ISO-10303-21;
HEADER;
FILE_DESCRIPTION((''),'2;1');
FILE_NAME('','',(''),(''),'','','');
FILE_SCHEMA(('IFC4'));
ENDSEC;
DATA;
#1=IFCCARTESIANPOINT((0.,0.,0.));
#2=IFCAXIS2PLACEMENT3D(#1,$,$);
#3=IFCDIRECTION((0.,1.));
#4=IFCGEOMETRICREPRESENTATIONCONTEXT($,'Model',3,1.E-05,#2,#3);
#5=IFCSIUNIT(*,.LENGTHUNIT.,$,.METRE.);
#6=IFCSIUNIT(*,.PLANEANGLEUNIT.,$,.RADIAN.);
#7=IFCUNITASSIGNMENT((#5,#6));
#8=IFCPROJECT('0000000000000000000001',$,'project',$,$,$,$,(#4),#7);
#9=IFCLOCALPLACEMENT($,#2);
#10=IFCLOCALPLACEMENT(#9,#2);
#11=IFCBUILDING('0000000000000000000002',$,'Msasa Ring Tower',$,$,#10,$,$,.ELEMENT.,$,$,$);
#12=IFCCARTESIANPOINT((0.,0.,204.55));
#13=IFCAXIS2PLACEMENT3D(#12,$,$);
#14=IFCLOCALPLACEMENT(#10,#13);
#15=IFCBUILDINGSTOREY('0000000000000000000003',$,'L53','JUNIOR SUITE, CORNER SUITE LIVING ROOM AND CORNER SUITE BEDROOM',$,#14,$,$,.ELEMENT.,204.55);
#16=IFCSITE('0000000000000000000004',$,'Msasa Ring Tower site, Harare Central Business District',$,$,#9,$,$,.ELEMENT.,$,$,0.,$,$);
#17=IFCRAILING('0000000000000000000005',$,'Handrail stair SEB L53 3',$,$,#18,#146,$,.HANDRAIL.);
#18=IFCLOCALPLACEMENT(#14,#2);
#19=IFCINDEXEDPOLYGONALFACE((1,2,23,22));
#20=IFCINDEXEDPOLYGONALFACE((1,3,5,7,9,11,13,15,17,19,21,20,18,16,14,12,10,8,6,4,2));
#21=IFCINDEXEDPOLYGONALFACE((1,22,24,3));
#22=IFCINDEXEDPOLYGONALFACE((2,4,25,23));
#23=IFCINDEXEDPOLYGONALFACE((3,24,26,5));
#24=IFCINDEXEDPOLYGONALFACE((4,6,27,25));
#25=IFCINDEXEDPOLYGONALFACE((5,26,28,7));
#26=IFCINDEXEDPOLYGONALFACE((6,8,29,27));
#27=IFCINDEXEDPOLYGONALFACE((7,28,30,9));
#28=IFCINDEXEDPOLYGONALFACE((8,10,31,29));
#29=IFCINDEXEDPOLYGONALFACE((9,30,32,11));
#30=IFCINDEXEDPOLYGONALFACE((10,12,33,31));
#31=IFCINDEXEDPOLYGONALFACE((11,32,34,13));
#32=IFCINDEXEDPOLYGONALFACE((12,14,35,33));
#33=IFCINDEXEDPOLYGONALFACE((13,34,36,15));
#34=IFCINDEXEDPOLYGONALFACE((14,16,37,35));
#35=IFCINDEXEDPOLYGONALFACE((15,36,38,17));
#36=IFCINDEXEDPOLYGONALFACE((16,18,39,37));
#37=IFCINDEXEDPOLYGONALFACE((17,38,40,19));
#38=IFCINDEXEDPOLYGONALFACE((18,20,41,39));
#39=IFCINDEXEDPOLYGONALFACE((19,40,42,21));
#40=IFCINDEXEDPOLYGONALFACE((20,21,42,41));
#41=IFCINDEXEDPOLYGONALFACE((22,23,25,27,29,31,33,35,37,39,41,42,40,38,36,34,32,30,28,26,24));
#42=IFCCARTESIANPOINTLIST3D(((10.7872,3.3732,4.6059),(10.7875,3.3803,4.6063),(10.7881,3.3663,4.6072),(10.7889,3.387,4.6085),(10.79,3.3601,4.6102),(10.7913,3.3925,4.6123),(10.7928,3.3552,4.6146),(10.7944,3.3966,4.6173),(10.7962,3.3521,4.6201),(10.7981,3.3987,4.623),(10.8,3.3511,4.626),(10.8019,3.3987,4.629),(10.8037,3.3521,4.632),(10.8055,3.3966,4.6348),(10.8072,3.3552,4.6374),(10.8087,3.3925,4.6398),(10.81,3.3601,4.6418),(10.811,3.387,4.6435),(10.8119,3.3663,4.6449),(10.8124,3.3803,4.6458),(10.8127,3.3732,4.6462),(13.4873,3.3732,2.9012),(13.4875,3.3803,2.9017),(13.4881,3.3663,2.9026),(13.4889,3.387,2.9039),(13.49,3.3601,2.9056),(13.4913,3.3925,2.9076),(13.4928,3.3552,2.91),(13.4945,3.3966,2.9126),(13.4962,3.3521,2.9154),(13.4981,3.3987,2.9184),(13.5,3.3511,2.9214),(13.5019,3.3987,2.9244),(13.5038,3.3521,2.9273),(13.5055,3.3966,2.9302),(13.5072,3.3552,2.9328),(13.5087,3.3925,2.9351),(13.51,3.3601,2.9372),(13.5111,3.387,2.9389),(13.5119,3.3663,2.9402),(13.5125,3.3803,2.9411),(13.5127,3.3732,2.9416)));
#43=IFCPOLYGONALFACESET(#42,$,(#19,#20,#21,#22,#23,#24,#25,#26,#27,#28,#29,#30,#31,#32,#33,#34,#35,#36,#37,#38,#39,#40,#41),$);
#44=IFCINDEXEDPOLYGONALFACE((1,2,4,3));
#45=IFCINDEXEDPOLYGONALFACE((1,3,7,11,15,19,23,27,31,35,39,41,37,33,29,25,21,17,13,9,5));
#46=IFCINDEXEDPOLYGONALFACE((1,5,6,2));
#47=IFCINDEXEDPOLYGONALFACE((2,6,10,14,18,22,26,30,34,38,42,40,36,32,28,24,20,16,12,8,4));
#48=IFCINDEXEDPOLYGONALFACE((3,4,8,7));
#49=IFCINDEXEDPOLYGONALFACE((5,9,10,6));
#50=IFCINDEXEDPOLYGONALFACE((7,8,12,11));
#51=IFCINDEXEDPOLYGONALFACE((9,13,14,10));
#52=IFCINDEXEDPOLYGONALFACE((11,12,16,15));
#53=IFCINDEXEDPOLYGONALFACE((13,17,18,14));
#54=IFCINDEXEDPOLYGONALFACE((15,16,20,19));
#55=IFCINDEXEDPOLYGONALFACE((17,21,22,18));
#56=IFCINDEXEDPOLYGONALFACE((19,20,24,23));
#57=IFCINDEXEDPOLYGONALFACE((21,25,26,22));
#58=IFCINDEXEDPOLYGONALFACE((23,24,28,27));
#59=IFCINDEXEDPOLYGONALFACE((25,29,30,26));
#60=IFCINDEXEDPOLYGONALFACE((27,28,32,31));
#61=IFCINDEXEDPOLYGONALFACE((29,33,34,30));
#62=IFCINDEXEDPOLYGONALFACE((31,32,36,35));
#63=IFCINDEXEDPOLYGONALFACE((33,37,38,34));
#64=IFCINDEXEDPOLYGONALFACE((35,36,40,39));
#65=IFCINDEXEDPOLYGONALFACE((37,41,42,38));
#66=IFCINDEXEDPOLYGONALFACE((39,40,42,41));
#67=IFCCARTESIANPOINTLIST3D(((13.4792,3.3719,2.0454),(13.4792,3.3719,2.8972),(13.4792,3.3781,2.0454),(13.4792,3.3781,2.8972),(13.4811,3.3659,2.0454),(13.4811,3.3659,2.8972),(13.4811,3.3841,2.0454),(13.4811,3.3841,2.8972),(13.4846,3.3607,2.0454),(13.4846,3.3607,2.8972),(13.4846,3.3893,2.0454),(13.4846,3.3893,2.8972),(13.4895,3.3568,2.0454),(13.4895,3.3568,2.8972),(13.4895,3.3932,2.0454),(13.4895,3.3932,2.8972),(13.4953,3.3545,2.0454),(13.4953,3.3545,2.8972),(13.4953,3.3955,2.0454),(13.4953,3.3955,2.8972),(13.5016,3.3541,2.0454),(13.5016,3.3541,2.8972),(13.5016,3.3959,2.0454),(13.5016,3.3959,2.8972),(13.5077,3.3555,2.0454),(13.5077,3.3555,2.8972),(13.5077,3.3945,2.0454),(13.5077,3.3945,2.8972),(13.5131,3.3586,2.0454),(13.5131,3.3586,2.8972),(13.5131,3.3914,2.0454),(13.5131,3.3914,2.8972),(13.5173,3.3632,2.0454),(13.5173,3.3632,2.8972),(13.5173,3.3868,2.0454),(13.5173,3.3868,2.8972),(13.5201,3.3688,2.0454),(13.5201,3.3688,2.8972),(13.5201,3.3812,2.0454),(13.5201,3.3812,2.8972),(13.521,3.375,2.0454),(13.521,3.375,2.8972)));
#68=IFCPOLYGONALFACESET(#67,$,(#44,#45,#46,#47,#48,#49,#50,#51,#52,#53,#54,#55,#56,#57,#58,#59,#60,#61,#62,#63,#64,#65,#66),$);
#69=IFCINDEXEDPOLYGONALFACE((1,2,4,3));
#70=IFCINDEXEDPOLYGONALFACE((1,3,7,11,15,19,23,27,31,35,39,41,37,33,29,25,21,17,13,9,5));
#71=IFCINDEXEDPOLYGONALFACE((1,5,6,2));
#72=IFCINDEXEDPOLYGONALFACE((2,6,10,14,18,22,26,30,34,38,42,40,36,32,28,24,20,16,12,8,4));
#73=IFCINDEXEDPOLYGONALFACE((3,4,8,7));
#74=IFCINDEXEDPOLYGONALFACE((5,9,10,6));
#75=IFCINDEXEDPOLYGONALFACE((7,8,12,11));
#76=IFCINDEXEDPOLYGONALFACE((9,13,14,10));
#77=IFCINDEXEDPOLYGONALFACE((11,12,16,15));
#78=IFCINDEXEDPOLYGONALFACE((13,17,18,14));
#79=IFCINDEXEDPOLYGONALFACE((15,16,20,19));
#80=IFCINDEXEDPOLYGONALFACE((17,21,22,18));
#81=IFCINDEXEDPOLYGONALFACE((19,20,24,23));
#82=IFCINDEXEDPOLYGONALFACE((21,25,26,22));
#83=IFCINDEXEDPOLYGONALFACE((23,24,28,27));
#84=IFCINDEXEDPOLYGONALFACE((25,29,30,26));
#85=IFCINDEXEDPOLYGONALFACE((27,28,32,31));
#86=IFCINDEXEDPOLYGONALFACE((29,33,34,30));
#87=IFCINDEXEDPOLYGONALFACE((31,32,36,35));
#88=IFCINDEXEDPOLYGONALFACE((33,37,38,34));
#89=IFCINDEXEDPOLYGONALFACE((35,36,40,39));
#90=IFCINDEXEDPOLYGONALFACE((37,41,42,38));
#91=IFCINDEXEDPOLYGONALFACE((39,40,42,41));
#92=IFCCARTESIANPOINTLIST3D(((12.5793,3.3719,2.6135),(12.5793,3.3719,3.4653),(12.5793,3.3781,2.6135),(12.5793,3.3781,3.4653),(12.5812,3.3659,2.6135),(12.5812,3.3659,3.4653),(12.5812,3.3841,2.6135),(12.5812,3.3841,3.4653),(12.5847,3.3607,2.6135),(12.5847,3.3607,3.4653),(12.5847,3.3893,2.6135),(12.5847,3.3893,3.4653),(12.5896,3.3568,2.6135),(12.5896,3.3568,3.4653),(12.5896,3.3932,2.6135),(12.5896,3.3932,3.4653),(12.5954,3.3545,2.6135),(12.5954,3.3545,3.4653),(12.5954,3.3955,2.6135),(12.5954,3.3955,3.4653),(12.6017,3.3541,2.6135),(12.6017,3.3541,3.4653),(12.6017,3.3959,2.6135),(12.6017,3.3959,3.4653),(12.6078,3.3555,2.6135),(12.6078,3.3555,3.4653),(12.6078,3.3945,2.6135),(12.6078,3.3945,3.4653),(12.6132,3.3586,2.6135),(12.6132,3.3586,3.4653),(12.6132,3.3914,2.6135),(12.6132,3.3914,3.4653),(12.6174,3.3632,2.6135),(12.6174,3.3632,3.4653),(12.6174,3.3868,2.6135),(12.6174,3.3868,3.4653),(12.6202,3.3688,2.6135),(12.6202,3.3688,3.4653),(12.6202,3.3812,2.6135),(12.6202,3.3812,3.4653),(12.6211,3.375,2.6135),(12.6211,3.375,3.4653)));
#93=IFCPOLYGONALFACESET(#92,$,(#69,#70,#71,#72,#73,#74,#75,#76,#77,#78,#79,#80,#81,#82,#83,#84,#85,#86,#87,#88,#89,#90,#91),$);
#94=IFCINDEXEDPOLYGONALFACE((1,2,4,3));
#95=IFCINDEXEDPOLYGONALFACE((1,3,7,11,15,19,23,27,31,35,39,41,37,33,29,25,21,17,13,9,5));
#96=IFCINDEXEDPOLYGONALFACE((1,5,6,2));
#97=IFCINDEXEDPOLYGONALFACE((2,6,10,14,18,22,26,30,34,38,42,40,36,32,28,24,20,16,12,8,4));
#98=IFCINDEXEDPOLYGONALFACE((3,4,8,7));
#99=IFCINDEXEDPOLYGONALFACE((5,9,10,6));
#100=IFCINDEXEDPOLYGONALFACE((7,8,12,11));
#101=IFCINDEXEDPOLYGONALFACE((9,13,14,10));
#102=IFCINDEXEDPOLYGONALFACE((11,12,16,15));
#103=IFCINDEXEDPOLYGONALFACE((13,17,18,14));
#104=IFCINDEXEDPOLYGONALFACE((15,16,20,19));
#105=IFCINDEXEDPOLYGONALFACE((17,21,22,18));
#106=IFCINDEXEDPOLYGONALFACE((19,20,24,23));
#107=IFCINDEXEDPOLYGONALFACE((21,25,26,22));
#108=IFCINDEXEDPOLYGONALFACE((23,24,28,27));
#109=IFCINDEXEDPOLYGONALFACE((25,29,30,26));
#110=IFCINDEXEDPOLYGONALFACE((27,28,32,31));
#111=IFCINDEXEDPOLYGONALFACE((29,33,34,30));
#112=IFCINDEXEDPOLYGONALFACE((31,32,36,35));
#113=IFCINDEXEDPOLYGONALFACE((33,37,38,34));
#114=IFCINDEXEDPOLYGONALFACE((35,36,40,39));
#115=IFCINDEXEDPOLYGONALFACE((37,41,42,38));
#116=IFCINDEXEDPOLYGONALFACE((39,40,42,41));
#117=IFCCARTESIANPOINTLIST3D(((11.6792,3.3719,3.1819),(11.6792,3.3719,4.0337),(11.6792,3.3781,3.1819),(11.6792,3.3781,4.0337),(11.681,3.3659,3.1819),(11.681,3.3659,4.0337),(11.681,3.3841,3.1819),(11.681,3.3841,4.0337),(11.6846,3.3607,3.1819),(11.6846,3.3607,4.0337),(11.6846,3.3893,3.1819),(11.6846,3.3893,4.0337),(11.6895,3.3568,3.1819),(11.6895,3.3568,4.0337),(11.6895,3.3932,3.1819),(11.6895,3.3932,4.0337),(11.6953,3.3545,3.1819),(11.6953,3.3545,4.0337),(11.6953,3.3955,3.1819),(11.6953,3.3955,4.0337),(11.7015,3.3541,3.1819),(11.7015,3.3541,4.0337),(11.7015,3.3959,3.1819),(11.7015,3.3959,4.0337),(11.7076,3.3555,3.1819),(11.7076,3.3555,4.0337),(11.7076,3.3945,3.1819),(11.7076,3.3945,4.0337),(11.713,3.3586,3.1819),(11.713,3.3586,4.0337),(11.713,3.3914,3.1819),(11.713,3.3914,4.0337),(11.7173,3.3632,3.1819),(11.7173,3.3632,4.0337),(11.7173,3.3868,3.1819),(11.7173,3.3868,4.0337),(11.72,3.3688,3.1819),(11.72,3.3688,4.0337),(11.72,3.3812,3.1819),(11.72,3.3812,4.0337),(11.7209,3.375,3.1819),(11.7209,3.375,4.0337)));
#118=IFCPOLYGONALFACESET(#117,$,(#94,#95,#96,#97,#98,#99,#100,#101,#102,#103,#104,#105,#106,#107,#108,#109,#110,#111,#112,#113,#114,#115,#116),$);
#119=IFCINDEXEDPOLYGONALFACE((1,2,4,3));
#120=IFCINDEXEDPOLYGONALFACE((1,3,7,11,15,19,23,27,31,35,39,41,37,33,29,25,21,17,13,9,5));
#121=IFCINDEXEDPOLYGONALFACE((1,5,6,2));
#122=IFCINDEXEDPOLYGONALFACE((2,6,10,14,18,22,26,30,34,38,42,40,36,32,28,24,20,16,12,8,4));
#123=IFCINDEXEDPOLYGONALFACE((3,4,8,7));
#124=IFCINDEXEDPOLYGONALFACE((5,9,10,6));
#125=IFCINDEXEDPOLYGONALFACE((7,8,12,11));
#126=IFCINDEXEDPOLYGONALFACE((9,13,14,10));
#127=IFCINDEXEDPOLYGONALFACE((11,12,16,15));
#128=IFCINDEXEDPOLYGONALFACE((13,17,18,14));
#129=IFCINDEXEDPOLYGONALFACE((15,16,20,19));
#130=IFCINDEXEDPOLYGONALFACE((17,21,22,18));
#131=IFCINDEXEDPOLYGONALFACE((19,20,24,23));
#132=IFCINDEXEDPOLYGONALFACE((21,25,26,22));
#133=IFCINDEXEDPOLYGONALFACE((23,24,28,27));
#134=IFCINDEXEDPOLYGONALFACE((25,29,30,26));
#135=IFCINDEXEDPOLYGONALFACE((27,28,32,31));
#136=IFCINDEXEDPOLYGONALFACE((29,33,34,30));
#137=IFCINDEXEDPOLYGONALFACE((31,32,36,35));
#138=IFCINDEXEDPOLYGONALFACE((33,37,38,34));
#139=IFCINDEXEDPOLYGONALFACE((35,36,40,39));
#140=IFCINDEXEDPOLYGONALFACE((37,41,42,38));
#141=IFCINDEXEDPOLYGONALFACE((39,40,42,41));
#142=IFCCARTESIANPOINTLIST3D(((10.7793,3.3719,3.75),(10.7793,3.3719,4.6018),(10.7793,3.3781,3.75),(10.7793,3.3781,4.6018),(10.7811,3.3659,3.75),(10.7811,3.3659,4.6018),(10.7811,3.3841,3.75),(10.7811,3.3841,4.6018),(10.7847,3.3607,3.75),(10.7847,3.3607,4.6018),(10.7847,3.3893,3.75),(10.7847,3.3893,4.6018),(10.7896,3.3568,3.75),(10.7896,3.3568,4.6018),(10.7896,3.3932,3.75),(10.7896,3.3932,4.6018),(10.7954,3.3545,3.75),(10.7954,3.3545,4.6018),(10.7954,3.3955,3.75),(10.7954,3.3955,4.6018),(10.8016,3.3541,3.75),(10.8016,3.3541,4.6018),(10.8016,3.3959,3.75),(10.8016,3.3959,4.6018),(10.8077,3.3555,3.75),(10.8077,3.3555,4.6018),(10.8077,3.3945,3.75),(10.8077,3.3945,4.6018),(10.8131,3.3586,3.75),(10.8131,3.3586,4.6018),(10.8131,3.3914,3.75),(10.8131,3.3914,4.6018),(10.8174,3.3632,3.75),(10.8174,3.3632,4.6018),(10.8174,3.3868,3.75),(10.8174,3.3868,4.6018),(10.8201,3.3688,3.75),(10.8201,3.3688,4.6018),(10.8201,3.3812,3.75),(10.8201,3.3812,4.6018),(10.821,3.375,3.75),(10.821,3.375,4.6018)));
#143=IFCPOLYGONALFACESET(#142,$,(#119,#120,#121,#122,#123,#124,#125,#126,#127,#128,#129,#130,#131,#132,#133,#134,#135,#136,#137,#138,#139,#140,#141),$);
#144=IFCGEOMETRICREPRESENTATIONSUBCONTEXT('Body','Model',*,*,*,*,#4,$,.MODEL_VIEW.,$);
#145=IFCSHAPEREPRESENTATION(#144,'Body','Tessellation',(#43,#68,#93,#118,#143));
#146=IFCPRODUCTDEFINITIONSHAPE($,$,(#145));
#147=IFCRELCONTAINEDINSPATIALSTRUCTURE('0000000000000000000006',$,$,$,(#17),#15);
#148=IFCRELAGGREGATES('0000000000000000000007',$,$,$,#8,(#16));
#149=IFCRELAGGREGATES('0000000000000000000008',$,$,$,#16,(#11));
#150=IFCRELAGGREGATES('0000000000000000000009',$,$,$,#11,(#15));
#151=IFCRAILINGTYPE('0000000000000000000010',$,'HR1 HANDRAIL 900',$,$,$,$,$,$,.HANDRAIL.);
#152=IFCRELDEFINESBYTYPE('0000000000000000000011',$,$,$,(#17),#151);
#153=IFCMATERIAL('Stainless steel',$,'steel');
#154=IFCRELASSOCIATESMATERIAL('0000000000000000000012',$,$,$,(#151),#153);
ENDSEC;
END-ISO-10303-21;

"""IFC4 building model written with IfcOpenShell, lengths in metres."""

from ifc_helpers import new_model, si_unit, direction, frame, origin, origin_2d, place, context, subcontext, project, spatial, circle, extrude, material, type_object, element, save


model = new_model("IFC4")

# Units and contexts
model_context = context("Model", 3, precision=1e-05, world=origin(), true_north=direction((0.0, 1.0)))
body_context = subcontext(model_context, "Body", "Model", "MODEL_VIEW")
ifc_project = project(units=[si_unit("LENGTHUNIT", "METRE"), si_unit("PLANEANGLEUNIT", "RADIAN")], contexts=[model_context])

# Site, building, storey
site_placement = place(None, origin())
site = spatial("IfcSite", under=ifc_project, at=site_placement, Name="Msasa Ring Tower site, Harare Central Business District", CompositionType="ELEMENT", RefElevation=0.0)
building_placement = place(site_placement, origin())
building = spatial("IfcBuilding", under=site, at=building_placement, Name="Msasa Ring Tower", CompositionType="ELEMENT")
storey_placement = place(building_placement, frame((0.0, 0.0, 204.55)))
storey = spatial("IfcBuildingStorey", under=building, at=storey_placement, Name="L53", Description="JUNIOR SUITE, CORNER SUITE LIVING ROOM AND CORNER SUITE BEDROOM", CompositionType="ELEMENT", Elevation=204.55)

# Railing
ifc_material_1 = material(Name="Stainless steel", Category="steel")
railing_type = type_object("IfcRailingType", Name="HR1 HANDRAIL 900", PredefinedType="HANDRAIL", material=ifc_material_1)
for number, where, name in (
    (1, (13.5, 3.375, 2.0454), "Handrail stair SEB L53 3"),
):
    element("IfcRailing", number, at=place(storey_placement, frame(where)), inside=storey, type_object=railing_type, Name=name, PredefinedType="HANDRAIL", context=body_context, shape_type="SweptSolid", body=[
        extrude(circle(Radius=0.0239, at=origin_2d()), frame((0.0, 0.0, 0.876), z_axis=(-0.84558, 0.0, 0.533849), x_axis=(0.0, -1.0, 0.0)), (0.0, 0.0, 1.0), 3.1931),
        extrude(circle(Radius=0.021, at=origin_2d()), origin(), (0.0, 0.0, 1.0), 0.8518),
        extrude(circle(Radius=0.021, at=origin_2d()), frame((-0.8999, 0.0, 0.5681)), (0.0, 0.0, 1.0), 0.8518),
        extrude(circle(Radius=0.021, at=origin_2d()), frame((-1.8, 0.0, 1.1365)), (0.0, 0.0, 1.0), 0.8518),
        extrude(circle(Radius=0.021, at=origin_2d()), frame((-2.7, 0.0, 1.7046)), (0.0, 0.0, 1.0), 0.8518),
    ])

save(model, "model.ifc")
